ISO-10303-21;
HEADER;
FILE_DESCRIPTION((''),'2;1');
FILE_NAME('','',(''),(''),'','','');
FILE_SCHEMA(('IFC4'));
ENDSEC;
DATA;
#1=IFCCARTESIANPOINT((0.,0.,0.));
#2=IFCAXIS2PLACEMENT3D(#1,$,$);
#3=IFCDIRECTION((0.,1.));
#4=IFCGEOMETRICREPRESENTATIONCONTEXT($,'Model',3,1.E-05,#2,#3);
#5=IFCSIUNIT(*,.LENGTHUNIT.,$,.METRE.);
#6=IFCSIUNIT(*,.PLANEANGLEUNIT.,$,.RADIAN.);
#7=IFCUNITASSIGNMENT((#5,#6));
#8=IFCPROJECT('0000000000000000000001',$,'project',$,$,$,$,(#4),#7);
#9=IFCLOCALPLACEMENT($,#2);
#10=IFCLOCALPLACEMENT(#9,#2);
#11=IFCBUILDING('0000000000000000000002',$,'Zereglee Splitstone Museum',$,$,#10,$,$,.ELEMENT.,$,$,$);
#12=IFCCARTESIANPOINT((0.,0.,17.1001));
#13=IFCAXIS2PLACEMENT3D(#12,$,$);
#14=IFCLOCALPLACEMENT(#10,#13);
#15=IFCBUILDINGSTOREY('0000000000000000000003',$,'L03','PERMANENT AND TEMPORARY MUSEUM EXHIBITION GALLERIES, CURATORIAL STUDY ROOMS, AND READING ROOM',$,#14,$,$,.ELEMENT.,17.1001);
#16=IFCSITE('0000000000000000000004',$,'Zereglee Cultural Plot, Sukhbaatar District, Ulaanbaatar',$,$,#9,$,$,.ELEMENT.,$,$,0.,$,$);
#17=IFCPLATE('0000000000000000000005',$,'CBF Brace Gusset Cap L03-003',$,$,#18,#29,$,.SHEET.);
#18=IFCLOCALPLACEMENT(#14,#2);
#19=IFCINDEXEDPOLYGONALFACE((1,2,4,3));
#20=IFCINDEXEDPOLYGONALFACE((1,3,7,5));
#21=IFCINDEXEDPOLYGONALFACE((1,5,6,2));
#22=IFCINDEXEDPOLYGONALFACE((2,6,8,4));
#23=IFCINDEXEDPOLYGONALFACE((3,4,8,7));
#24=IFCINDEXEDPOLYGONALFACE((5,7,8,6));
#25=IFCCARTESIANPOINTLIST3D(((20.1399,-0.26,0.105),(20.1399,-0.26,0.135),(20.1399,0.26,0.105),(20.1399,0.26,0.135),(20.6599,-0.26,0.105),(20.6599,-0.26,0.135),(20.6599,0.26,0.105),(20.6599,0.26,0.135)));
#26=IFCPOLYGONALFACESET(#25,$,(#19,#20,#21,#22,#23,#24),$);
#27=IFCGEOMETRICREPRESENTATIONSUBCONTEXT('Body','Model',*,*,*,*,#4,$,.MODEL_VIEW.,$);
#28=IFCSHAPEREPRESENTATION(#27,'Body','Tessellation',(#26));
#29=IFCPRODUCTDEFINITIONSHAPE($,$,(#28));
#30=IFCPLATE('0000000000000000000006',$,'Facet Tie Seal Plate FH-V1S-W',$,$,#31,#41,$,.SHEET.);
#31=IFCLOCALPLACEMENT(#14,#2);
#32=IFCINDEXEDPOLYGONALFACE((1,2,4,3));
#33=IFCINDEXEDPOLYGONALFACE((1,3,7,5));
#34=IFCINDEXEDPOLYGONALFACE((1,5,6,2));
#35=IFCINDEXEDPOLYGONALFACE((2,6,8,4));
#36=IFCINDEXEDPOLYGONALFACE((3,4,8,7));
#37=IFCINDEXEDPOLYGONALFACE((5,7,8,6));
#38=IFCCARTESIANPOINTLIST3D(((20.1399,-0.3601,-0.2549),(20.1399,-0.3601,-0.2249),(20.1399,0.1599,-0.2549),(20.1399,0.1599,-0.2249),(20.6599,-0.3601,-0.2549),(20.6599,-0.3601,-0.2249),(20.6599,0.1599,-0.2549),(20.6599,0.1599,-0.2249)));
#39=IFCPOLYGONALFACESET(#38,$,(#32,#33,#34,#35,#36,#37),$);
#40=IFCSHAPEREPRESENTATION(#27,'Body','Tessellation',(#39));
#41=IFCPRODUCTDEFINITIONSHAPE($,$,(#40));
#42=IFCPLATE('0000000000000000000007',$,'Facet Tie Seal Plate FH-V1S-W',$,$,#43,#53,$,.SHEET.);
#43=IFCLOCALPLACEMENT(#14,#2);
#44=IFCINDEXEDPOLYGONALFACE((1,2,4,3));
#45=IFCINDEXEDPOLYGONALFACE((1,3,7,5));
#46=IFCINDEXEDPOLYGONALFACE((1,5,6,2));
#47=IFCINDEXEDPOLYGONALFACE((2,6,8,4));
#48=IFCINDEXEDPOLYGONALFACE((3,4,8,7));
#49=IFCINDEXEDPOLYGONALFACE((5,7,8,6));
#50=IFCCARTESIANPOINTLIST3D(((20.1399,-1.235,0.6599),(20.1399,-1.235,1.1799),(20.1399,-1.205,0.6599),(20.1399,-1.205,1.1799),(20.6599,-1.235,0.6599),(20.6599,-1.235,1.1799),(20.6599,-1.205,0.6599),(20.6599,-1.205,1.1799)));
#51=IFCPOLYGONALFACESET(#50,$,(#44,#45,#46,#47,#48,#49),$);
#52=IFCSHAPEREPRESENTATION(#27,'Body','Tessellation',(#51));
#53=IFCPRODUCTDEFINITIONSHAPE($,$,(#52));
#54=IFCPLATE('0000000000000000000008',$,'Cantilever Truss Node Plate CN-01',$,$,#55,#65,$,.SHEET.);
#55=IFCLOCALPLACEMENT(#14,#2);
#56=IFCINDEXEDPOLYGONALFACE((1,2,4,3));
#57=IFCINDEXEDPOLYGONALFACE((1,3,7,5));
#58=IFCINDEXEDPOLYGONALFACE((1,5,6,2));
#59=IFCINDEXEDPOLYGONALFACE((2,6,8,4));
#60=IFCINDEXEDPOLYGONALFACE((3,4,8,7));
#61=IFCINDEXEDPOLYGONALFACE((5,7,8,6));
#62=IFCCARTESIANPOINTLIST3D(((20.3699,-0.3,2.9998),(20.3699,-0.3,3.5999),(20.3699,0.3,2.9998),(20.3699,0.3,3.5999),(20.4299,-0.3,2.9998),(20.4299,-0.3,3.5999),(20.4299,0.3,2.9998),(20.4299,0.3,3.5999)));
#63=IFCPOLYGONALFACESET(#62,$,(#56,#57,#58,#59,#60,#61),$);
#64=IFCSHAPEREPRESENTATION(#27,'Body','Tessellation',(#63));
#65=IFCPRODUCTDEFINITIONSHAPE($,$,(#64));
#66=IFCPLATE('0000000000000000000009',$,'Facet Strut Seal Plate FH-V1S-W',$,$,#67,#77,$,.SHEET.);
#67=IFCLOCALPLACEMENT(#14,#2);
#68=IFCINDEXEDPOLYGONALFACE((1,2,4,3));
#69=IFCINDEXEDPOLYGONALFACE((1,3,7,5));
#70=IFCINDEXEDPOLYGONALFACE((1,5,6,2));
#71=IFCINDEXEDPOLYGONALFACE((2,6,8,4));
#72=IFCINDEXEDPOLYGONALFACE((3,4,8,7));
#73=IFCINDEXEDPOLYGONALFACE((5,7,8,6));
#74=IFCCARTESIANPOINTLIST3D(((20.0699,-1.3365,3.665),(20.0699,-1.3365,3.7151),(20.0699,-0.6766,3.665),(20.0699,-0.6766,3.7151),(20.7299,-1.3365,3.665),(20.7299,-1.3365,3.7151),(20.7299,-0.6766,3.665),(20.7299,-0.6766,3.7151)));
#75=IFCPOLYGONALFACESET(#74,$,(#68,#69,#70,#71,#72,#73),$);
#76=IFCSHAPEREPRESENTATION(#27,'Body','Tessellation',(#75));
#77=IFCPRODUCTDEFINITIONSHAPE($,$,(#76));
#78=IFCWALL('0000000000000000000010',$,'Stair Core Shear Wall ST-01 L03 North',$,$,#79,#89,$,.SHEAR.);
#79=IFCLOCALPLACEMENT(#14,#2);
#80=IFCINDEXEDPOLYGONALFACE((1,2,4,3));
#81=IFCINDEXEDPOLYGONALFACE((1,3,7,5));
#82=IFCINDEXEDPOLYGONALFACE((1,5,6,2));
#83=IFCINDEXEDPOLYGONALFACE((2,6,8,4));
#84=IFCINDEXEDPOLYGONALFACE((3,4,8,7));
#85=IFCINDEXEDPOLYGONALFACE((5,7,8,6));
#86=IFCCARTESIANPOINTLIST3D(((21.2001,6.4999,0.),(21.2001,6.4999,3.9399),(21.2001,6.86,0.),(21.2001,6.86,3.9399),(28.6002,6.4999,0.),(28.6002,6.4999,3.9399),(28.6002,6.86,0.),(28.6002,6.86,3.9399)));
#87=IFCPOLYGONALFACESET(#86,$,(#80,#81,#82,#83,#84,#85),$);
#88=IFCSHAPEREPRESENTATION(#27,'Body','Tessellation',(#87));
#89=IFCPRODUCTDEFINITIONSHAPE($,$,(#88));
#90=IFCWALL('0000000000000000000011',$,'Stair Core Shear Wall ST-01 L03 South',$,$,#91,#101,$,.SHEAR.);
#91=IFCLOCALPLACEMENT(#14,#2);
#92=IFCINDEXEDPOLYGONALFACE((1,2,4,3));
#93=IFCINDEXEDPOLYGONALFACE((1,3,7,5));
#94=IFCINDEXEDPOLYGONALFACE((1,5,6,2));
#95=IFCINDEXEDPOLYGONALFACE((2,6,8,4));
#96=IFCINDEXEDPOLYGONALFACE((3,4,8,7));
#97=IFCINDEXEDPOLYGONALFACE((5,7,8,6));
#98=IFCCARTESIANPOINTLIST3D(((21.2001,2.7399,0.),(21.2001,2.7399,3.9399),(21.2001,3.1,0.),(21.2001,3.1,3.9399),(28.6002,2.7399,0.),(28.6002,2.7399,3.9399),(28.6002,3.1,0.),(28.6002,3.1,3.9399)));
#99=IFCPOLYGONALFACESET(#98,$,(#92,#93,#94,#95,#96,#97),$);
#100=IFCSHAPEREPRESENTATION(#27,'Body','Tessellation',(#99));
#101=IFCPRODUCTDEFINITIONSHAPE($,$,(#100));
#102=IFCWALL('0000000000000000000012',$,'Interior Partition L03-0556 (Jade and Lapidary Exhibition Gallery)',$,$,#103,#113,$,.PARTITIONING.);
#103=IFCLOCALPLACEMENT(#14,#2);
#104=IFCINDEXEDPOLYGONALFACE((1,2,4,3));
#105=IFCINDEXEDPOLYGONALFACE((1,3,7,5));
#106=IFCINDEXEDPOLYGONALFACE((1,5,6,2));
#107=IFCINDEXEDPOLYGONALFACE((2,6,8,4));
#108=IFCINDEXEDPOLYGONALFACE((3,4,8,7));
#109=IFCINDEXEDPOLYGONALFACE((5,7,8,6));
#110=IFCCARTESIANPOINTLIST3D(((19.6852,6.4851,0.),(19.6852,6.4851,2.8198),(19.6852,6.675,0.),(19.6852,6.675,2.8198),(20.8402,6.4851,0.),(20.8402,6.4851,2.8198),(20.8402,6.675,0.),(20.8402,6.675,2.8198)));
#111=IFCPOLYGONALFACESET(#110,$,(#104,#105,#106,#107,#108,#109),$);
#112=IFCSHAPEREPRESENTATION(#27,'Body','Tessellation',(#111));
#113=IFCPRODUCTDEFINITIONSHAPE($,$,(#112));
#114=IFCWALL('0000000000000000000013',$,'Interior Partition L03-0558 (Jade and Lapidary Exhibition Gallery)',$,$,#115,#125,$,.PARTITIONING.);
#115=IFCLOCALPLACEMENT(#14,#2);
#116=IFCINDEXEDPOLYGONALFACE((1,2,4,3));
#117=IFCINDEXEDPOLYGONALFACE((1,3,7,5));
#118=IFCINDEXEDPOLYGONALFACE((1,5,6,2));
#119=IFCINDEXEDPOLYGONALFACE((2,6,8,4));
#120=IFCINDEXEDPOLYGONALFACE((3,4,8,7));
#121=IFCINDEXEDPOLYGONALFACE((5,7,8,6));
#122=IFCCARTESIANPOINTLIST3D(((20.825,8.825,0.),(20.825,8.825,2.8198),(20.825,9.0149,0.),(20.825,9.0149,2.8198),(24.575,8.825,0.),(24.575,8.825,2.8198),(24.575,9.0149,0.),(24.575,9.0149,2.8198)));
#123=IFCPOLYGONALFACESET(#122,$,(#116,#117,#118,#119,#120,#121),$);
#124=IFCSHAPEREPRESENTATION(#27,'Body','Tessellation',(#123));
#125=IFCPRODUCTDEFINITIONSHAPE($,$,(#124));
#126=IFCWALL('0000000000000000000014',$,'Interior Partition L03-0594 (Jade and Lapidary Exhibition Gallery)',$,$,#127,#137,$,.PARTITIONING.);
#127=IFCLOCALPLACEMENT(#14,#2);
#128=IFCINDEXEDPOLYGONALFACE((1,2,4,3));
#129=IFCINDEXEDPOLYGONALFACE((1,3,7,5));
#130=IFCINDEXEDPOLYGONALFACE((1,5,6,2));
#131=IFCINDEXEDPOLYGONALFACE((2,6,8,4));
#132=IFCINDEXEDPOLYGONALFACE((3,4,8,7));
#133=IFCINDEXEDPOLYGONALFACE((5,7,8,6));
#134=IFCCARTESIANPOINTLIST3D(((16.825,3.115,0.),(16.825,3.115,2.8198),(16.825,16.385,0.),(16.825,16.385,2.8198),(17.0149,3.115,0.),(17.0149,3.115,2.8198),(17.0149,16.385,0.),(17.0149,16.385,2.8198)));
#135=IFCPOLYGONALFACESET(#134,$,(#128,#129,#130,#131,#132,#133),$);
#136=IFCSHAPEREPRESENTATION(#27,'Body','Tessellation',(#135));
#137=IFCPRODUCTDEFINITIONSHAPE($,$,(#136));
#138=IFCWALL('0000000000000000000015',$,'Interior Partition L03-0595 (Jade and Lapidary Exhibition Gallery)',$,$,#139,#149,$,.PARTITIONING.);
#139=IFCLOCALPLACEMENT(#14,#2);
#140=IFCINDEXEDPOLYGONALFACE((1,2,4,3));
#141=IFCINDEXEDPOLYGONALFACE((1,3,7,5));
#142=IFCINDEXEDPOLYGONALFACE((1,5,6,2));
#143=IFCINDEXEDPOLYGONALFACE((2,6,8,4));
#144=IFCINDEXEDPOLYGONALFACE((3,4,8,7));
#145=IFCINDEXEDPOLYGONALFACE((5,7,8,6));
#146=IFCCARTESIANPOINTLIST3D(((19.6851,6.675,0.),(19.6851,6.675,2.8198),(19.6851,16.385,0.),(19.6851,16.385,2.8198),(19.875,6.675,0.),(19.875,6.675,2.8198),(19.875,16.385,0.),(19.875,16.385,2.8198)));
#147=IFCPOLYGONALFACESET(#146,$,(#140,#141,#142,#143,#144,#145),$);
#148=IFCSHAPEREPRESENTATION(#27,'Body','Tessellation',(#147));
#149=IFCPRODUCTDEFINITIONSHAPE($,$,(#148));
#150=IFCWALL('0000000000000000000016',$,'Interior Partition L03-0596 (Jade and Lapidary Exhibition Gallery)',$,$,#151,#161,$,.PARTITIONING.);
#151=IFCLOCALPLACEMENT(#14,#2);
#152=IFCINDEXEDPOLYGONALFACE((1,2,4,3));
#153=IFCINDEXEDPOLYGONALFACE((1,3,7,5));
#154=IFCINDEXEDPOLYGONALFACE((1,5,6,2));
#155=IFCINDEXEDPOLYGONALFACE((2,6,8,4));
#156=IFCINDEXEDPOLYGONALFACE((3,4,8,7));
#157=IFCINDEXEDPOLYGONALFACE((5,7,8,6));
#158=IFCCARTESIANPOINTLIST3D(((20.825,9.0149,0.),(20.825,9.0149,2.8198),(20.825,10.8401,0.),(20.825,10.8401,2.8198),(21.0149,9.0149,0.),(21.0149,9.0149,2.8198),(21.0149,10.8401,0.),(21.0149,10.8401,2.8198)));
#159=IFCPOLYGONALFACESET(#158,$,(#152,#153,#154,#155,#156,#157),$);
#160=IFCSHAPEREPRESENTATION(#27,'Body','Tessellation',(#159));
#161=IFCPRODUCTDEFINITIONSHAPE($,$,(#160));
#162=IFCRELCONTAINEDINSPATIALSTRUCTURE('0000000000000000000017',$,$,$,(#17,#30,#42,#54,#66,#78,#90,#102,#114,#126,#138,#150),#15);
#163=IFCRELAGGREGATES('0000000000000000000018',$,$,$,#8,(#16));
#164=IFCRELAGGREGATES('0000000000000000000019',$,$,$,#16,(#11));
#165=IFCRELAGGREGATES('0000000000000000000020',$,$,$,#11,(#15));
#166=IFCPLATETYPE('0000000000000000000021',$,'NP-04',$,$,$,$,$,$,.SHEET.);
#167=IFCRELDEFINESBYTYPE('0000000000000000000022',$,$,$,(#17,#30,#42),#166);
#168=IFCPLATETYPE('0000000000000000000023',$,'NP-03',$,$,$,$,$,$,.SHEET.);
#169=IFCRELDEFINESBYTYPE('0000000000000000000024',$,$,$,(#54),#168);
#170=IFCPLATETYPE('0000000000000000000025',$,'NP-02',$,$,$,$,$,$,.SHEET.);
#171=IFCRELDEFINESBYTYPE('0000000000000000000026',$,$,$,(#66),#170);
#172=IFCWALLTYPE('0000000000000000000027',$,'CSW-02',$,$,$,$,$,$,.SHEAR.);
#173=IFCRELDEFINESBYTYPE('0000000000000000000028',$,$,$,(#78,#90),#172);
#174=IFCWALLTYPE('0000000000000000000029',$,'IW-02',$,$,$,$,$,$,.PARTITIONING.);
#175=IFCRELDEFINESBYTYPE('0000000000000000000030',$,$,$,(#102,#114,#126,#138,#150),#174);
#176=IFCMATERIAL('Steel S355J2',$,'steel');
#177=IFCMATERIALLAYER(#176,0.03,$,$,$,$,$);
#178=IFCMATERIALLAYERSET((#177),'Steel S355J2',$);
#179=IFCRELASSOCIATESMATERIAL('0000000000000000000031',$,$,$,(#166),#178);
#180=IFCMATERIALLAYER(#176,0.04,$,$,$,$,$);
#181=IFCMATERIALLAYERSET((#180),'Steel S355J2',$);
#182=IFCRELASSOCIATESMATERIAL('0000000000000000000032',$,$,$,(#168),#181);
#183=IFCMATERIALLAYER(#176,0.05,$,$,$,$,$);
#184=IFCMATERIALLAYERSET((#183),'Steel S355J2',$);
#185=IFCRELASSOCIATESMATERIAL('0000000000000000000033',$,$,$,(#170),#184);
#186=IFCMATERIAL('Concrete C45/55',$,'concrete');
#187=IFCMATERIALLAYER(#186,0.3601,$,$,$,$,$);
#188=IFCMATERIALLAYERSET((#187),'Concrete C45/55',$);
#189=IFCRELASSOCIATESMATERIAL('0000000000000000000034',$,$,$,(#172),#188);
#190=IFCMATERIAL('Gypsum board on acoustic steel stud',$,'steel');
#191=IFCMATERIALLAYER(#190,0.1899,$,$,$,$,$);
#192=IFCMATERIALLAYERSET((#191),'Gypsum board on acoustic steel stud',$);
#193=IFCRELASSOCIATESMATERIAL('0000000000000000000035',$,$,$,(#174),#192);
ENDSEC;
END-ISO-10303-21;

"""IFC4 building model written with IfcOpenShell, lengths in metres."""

from ifc_helpers import new_model, si_unit, direction, frame, frame_2d, origin, origin_2d, place, context, subcontext, project, spatial, rectangle, extrude, material, layer, layer_set, type_object, element, save


model = new_model("IFC4")

# Units and contexts
model_context = context("Model", 3, precision=1e-05, world=origin(), true_north=direction((0.0, 1.0)))
body_context = subcontext(model_context, "Body", "Model", "MODEL_VIEW")
ifc_project = project(units=[si_unit("LENGTHUNIT", "METRE"), si_unit("PLANEANGLEUNIT", "RADIAN")], contexts=[model_context])

# Site, building, storey
site_placement = place(None, origin())
site = spatial("IfcSite", under=ifc_project, at=site_placement, Name="Zereglee Cultural Plot, Sukhbaatar District, Ulaanbaatar", CompositionType="ELEMENT", RefElevation=0.0)
building_placement = place(site_placement, origin())
building = spatial("IfcBuilding", under=site, at=building_placement, Name="Zereglee Splitstone Museum", CompositionType="ELEMENT")
storey_placement = place(building_placement, frame((0.0, 0.0, 17.1001)))
storey = spatial("IfcBuildingStorey", under=building, at=storey_placement, Name="L03", Description="PERMANENT AND TEMPORARY MUSEUM EXHIBITION GALLERIES, CURATORIAL STUDY ROOMS, AND READING ROOM", CompositionType="ELEMENT", Elevation=17.1001)

# Shared definitions
ifc_material_1 = material(Name="Steel S355J2", Category="steel")

# Plates
ifc_layer_1 = layer(ifc_material_1, 0.03)
ifc_layer_set_1 = layer_set([ifc_layer_1], Name="Steel S355J2")
plate_type_1 = type_object("IfcPlateType", Name="NP-04", PredefinedType="SHEET", material=ifc_layer_set_1)
for number, where, z_axis, x_axis, name in (
    (1, (20.3999, 0.0, 0.105), (0.0, 0.0, 1.0), (1.0, 0.0, 0.0), "CBF Brace Gusset Cap L03-003"),
    (2, (20.3999, -0.1001, -0.2549), (0.0, 0.0, 1.0), (1.0, 0.0, 0.0), "Facet Tie Seal Plate FH-V1S-W"),
):
    element("IfcPlate", number, at=place(storey_placement, frame(where, z_axis=z_axis, x_axis=x_axis)), inside=storey, type_object=plate_type_1, Name=name, PredefinedType="SHEET", context=body_context, shape_type="SweptSolid", body=[
        extrude(rectangle(XDim=0.52, YDim=0.52, at=origin_2d()), origin(), (0.0, 0.0, 1.0), 0.03),
    ])
plate_1_placement = place(storey_placement, frame((20.3999, -1.22, 0.6599), z_axis=(0.0, 0.0, 1.0), x_axis=(1.0, 0.0, 0.0)))
element("IfcPlate", 3, at=plate_1_placement, inside=storey, type_object=plate_type_1, Name="Facet Tie Seal Plate FH-V1S-W", PredefinedType="SHEET", context=body_context, shape_type="SweptSolid", body=[
    extrude(rectangle(XDim=0.52, YDim=0.03, at=origin_2d()), origin(), (0.0, 0.0, 1.0), 0.52),
])
ifc_layer_2 = layer(ifc_material_1, 0.04)
ifc_layer_set_2 = layer_set([ifc_layer_2], Name="Steel S355J2")
plate_type_2 = type_object("IfcPlateType", Name="NP-03", PredefinedType="SHEET", material=ifc_layer_set_2)
plate_2_placement = place(storey_placement, frame((20.3999, 0.0, 2.9998), z_axis=(0.0, 0.0, 1.0), x_axis=(1.0, 0.0, 0.0)))
element("IfcPlate", 4, at=plate_2_placement, inside=storey, type_object=plate_type_2, Name="Cantilever Truss Node Plate CN-01", PredefinedType="SHEET", context=body_context, shape_type="SweptSolid", body=[
    extrude(rectangle(XDim=0.0601, YDim=0.6001, at=origin_2d()), origin(), (0.0, 0.0, 1.0), 0.6001),
])
ifc_layer_3 = layer(ifc_material_1, 0.05)
ifc_layer_set_3 = layer_set([ifc_layer_3], Name="Steel S355J2")
plate_type_3 = type_object("IfcPlateType", Name="NP-02", PredefinedType="SHEET", material=ifc_layer_set_3)
plate_3_placement = place(storey_placement, frame((20.3999, -1.0066, 3.665), z_axis=(0.0, 0.0, 1.0), x_axis=(1.0, 0.0, 0.0)))
element("IfcPlate", 5, at=plate_3_placement, inside=storey, type_object=plate_type_3, Name="Facet Strut Seal Plate FH-V1S-W", PredefinedType="SHEET", context=body_context, shape_type="SweptSolid", body=[
    extrude(rectangle(XDim=0.6599, YDim=0.6599, at=origin_2d()), origin(), (0.0, 0.0, 1.0), 0.05),
])

# Shared definitions
ifc_material_2 = material(Name="Concrete C45/55", Category="concrete")
ifc_layer_4 = layer(ifc_material_2, 0.3601)
ifc_layer_set_4 = layer_set([ifc_layer_4], Name="Concrete C45/55")
wall_type_1 = type_object("IfcWallType", Name="CSW-02", PredefinedType="SHEAR", material=ifc_layer_set_4)

# Walls
for number, where, z_axis, x_axis, name in (
    (6, (21.2, 6.6799, 0.0), (0.0, 0.0, 1.0), (1.0, 0.0, 0.0), "Stair Core Shear Wall ST-01 L03 North"),
    (7, (21.2, 2.9199, 0.0), (0.0, 0.0, 1.0), (1.0, 0.0, 0.0), "Stair Core Shear Wall ST-01 L03 South"),
):
    element("IfcWall", number, at=place(storey_placement, frame(where, z_axis=z_axis, x_axis=x_axis)), inside=storey, type_object=wall_type_1, Name=name, PredefinedType="SHEAR", context=body_context, shape_type="SweptSolid", body=[
        extrude(rectangle(XDim=7.4001, YDim=0.3601, at=frame_2d((3.7002, 0.0))), origin(), (0.0, 0.0, 1.0), 3.9399),
    ])
ifc_material_3 = material(Name="Gypsum board on acoustic steel stud", Category="steel")
ifc_layer_5 = layer(ifc_material_3, 0.1899)
ifc_layer_set_5 = layer_set([ifc_layer_5], Name="Gypsum board on acoustic steel stud")
wall_type_2 = type_object("IfcWallType", Name="IW-02", PredefinedType="PARTITIONING", material=ifc_layer_set_5)
wall_1_placement = place(storey_placement, frame((19.6851, 6.5801, 0.0), z_axis=(0.0, 0.0, 1.0), x_axis=(1.0, 0.0, 0.0)))
element("IfcWall", 8, at=wall_1_placement, inside=storey, type_object=wall_type_2, Name="Interior Partition L03-0556 (Jade and Lapidary Exhibition Gallery)", PredefinedType="PARTITIONING", context=body_context, shape_type="SweptSolid", body=[
    extrude(rectangle(XDim=1.155, YDim=0.1899, at=frame_2d((0.5776, 0.0))), origin(), (0.0, 0.0, 1.0), 2.8198),
])
wall_2_placement = place(storey_placement, frame((20.825, 8.9199, 0.0), z_axis=(0.0, 0.0, 1.0), x_axis=(1.0, 0.0, 0.0)))
element("IfcWall", 9, at=wall_2_placement, inside=storey, type_object=wall_type_2, Name="Interior Partition L03-0558 (Jade and Lapidary Exhibition Gallery)", PredefinedType="PARTITIONING", context=body_context, shape_type="SweptSolid", body=[
    extrude(rectangle(XDim=3.75, YDim=0.1899, at=frame_2d((1.875, 0.0))), origin(), (0.0, 0.0, 1.0), 2.8198),
])
wall_3_placement = place(storey_placement, frame((16.9199, 3.115, 0.0), z_axis=(0.0, 0.0, 1.0), x_axis=(0.0, 1.0, 0.0)))
element("IfcWall", 10, at=wall_3_placement, inside=storey, type_object=wall_type_2, Name="Interior Partition L03-0594 (Jade and Lapidary Exhibition Gallery)", PredefinedType="PARTITIONING", context=body_context, shape_type="SweptSolid", body=[
    extrude(rectangle(XDim=13.27, YDim=0.1899, at=frame_2d((6.635, 0.0))), origin(), (0.0, 0.0, 1.0), 2.8198),
])
wall_4_placement = place(storey_placement, frame((19.78, 6.675, 0.0), z_axis=(0.0, 0.0, 1.0), x_axis=(0.0, 1.0, 0.0)))
element("IfcWall", 11, at=wall_4_placement, inside=storey, type_object=wall_type_2, Name="Interior Partition L03-0595 (Jade and Lapidary Exhibition Gallery)", PredefinedType="PARTITIONING", context=body_context, shape_type="SweptSolid", body=[
    extrude(rectangle(XDim=9.71, YDim=0.1899, at=frame_2d((4.855, 0.0))), origin(), (0.0, 0.0, 1.0), 2.8198),
])
wall_5_placement = place(storey_placement, frame((20.9199, 9.0149, 0.0), z_axis=(0.0, 0.0, 1.0), x_axis=(0.0, 1.0, 0.0)))
element("IfcWall", 12, at=wall_5_placement, inside=storey, type_object=wall_type_2, Name="Interior Partition L03-0596 (Jade and Lapidary Exhibition Gallery)", PredefinedType="PARTITIONING", context=body_context, shape_type="SweptSolid", body=[
    extrude(rectangle(XDim=1.8252, YDim=0.1899, at=frame_2d((0.9126, 0.0))), origin(), (0.0, 0.0, 1.0), 2.8198),
])

save(model, "model.ifc")
